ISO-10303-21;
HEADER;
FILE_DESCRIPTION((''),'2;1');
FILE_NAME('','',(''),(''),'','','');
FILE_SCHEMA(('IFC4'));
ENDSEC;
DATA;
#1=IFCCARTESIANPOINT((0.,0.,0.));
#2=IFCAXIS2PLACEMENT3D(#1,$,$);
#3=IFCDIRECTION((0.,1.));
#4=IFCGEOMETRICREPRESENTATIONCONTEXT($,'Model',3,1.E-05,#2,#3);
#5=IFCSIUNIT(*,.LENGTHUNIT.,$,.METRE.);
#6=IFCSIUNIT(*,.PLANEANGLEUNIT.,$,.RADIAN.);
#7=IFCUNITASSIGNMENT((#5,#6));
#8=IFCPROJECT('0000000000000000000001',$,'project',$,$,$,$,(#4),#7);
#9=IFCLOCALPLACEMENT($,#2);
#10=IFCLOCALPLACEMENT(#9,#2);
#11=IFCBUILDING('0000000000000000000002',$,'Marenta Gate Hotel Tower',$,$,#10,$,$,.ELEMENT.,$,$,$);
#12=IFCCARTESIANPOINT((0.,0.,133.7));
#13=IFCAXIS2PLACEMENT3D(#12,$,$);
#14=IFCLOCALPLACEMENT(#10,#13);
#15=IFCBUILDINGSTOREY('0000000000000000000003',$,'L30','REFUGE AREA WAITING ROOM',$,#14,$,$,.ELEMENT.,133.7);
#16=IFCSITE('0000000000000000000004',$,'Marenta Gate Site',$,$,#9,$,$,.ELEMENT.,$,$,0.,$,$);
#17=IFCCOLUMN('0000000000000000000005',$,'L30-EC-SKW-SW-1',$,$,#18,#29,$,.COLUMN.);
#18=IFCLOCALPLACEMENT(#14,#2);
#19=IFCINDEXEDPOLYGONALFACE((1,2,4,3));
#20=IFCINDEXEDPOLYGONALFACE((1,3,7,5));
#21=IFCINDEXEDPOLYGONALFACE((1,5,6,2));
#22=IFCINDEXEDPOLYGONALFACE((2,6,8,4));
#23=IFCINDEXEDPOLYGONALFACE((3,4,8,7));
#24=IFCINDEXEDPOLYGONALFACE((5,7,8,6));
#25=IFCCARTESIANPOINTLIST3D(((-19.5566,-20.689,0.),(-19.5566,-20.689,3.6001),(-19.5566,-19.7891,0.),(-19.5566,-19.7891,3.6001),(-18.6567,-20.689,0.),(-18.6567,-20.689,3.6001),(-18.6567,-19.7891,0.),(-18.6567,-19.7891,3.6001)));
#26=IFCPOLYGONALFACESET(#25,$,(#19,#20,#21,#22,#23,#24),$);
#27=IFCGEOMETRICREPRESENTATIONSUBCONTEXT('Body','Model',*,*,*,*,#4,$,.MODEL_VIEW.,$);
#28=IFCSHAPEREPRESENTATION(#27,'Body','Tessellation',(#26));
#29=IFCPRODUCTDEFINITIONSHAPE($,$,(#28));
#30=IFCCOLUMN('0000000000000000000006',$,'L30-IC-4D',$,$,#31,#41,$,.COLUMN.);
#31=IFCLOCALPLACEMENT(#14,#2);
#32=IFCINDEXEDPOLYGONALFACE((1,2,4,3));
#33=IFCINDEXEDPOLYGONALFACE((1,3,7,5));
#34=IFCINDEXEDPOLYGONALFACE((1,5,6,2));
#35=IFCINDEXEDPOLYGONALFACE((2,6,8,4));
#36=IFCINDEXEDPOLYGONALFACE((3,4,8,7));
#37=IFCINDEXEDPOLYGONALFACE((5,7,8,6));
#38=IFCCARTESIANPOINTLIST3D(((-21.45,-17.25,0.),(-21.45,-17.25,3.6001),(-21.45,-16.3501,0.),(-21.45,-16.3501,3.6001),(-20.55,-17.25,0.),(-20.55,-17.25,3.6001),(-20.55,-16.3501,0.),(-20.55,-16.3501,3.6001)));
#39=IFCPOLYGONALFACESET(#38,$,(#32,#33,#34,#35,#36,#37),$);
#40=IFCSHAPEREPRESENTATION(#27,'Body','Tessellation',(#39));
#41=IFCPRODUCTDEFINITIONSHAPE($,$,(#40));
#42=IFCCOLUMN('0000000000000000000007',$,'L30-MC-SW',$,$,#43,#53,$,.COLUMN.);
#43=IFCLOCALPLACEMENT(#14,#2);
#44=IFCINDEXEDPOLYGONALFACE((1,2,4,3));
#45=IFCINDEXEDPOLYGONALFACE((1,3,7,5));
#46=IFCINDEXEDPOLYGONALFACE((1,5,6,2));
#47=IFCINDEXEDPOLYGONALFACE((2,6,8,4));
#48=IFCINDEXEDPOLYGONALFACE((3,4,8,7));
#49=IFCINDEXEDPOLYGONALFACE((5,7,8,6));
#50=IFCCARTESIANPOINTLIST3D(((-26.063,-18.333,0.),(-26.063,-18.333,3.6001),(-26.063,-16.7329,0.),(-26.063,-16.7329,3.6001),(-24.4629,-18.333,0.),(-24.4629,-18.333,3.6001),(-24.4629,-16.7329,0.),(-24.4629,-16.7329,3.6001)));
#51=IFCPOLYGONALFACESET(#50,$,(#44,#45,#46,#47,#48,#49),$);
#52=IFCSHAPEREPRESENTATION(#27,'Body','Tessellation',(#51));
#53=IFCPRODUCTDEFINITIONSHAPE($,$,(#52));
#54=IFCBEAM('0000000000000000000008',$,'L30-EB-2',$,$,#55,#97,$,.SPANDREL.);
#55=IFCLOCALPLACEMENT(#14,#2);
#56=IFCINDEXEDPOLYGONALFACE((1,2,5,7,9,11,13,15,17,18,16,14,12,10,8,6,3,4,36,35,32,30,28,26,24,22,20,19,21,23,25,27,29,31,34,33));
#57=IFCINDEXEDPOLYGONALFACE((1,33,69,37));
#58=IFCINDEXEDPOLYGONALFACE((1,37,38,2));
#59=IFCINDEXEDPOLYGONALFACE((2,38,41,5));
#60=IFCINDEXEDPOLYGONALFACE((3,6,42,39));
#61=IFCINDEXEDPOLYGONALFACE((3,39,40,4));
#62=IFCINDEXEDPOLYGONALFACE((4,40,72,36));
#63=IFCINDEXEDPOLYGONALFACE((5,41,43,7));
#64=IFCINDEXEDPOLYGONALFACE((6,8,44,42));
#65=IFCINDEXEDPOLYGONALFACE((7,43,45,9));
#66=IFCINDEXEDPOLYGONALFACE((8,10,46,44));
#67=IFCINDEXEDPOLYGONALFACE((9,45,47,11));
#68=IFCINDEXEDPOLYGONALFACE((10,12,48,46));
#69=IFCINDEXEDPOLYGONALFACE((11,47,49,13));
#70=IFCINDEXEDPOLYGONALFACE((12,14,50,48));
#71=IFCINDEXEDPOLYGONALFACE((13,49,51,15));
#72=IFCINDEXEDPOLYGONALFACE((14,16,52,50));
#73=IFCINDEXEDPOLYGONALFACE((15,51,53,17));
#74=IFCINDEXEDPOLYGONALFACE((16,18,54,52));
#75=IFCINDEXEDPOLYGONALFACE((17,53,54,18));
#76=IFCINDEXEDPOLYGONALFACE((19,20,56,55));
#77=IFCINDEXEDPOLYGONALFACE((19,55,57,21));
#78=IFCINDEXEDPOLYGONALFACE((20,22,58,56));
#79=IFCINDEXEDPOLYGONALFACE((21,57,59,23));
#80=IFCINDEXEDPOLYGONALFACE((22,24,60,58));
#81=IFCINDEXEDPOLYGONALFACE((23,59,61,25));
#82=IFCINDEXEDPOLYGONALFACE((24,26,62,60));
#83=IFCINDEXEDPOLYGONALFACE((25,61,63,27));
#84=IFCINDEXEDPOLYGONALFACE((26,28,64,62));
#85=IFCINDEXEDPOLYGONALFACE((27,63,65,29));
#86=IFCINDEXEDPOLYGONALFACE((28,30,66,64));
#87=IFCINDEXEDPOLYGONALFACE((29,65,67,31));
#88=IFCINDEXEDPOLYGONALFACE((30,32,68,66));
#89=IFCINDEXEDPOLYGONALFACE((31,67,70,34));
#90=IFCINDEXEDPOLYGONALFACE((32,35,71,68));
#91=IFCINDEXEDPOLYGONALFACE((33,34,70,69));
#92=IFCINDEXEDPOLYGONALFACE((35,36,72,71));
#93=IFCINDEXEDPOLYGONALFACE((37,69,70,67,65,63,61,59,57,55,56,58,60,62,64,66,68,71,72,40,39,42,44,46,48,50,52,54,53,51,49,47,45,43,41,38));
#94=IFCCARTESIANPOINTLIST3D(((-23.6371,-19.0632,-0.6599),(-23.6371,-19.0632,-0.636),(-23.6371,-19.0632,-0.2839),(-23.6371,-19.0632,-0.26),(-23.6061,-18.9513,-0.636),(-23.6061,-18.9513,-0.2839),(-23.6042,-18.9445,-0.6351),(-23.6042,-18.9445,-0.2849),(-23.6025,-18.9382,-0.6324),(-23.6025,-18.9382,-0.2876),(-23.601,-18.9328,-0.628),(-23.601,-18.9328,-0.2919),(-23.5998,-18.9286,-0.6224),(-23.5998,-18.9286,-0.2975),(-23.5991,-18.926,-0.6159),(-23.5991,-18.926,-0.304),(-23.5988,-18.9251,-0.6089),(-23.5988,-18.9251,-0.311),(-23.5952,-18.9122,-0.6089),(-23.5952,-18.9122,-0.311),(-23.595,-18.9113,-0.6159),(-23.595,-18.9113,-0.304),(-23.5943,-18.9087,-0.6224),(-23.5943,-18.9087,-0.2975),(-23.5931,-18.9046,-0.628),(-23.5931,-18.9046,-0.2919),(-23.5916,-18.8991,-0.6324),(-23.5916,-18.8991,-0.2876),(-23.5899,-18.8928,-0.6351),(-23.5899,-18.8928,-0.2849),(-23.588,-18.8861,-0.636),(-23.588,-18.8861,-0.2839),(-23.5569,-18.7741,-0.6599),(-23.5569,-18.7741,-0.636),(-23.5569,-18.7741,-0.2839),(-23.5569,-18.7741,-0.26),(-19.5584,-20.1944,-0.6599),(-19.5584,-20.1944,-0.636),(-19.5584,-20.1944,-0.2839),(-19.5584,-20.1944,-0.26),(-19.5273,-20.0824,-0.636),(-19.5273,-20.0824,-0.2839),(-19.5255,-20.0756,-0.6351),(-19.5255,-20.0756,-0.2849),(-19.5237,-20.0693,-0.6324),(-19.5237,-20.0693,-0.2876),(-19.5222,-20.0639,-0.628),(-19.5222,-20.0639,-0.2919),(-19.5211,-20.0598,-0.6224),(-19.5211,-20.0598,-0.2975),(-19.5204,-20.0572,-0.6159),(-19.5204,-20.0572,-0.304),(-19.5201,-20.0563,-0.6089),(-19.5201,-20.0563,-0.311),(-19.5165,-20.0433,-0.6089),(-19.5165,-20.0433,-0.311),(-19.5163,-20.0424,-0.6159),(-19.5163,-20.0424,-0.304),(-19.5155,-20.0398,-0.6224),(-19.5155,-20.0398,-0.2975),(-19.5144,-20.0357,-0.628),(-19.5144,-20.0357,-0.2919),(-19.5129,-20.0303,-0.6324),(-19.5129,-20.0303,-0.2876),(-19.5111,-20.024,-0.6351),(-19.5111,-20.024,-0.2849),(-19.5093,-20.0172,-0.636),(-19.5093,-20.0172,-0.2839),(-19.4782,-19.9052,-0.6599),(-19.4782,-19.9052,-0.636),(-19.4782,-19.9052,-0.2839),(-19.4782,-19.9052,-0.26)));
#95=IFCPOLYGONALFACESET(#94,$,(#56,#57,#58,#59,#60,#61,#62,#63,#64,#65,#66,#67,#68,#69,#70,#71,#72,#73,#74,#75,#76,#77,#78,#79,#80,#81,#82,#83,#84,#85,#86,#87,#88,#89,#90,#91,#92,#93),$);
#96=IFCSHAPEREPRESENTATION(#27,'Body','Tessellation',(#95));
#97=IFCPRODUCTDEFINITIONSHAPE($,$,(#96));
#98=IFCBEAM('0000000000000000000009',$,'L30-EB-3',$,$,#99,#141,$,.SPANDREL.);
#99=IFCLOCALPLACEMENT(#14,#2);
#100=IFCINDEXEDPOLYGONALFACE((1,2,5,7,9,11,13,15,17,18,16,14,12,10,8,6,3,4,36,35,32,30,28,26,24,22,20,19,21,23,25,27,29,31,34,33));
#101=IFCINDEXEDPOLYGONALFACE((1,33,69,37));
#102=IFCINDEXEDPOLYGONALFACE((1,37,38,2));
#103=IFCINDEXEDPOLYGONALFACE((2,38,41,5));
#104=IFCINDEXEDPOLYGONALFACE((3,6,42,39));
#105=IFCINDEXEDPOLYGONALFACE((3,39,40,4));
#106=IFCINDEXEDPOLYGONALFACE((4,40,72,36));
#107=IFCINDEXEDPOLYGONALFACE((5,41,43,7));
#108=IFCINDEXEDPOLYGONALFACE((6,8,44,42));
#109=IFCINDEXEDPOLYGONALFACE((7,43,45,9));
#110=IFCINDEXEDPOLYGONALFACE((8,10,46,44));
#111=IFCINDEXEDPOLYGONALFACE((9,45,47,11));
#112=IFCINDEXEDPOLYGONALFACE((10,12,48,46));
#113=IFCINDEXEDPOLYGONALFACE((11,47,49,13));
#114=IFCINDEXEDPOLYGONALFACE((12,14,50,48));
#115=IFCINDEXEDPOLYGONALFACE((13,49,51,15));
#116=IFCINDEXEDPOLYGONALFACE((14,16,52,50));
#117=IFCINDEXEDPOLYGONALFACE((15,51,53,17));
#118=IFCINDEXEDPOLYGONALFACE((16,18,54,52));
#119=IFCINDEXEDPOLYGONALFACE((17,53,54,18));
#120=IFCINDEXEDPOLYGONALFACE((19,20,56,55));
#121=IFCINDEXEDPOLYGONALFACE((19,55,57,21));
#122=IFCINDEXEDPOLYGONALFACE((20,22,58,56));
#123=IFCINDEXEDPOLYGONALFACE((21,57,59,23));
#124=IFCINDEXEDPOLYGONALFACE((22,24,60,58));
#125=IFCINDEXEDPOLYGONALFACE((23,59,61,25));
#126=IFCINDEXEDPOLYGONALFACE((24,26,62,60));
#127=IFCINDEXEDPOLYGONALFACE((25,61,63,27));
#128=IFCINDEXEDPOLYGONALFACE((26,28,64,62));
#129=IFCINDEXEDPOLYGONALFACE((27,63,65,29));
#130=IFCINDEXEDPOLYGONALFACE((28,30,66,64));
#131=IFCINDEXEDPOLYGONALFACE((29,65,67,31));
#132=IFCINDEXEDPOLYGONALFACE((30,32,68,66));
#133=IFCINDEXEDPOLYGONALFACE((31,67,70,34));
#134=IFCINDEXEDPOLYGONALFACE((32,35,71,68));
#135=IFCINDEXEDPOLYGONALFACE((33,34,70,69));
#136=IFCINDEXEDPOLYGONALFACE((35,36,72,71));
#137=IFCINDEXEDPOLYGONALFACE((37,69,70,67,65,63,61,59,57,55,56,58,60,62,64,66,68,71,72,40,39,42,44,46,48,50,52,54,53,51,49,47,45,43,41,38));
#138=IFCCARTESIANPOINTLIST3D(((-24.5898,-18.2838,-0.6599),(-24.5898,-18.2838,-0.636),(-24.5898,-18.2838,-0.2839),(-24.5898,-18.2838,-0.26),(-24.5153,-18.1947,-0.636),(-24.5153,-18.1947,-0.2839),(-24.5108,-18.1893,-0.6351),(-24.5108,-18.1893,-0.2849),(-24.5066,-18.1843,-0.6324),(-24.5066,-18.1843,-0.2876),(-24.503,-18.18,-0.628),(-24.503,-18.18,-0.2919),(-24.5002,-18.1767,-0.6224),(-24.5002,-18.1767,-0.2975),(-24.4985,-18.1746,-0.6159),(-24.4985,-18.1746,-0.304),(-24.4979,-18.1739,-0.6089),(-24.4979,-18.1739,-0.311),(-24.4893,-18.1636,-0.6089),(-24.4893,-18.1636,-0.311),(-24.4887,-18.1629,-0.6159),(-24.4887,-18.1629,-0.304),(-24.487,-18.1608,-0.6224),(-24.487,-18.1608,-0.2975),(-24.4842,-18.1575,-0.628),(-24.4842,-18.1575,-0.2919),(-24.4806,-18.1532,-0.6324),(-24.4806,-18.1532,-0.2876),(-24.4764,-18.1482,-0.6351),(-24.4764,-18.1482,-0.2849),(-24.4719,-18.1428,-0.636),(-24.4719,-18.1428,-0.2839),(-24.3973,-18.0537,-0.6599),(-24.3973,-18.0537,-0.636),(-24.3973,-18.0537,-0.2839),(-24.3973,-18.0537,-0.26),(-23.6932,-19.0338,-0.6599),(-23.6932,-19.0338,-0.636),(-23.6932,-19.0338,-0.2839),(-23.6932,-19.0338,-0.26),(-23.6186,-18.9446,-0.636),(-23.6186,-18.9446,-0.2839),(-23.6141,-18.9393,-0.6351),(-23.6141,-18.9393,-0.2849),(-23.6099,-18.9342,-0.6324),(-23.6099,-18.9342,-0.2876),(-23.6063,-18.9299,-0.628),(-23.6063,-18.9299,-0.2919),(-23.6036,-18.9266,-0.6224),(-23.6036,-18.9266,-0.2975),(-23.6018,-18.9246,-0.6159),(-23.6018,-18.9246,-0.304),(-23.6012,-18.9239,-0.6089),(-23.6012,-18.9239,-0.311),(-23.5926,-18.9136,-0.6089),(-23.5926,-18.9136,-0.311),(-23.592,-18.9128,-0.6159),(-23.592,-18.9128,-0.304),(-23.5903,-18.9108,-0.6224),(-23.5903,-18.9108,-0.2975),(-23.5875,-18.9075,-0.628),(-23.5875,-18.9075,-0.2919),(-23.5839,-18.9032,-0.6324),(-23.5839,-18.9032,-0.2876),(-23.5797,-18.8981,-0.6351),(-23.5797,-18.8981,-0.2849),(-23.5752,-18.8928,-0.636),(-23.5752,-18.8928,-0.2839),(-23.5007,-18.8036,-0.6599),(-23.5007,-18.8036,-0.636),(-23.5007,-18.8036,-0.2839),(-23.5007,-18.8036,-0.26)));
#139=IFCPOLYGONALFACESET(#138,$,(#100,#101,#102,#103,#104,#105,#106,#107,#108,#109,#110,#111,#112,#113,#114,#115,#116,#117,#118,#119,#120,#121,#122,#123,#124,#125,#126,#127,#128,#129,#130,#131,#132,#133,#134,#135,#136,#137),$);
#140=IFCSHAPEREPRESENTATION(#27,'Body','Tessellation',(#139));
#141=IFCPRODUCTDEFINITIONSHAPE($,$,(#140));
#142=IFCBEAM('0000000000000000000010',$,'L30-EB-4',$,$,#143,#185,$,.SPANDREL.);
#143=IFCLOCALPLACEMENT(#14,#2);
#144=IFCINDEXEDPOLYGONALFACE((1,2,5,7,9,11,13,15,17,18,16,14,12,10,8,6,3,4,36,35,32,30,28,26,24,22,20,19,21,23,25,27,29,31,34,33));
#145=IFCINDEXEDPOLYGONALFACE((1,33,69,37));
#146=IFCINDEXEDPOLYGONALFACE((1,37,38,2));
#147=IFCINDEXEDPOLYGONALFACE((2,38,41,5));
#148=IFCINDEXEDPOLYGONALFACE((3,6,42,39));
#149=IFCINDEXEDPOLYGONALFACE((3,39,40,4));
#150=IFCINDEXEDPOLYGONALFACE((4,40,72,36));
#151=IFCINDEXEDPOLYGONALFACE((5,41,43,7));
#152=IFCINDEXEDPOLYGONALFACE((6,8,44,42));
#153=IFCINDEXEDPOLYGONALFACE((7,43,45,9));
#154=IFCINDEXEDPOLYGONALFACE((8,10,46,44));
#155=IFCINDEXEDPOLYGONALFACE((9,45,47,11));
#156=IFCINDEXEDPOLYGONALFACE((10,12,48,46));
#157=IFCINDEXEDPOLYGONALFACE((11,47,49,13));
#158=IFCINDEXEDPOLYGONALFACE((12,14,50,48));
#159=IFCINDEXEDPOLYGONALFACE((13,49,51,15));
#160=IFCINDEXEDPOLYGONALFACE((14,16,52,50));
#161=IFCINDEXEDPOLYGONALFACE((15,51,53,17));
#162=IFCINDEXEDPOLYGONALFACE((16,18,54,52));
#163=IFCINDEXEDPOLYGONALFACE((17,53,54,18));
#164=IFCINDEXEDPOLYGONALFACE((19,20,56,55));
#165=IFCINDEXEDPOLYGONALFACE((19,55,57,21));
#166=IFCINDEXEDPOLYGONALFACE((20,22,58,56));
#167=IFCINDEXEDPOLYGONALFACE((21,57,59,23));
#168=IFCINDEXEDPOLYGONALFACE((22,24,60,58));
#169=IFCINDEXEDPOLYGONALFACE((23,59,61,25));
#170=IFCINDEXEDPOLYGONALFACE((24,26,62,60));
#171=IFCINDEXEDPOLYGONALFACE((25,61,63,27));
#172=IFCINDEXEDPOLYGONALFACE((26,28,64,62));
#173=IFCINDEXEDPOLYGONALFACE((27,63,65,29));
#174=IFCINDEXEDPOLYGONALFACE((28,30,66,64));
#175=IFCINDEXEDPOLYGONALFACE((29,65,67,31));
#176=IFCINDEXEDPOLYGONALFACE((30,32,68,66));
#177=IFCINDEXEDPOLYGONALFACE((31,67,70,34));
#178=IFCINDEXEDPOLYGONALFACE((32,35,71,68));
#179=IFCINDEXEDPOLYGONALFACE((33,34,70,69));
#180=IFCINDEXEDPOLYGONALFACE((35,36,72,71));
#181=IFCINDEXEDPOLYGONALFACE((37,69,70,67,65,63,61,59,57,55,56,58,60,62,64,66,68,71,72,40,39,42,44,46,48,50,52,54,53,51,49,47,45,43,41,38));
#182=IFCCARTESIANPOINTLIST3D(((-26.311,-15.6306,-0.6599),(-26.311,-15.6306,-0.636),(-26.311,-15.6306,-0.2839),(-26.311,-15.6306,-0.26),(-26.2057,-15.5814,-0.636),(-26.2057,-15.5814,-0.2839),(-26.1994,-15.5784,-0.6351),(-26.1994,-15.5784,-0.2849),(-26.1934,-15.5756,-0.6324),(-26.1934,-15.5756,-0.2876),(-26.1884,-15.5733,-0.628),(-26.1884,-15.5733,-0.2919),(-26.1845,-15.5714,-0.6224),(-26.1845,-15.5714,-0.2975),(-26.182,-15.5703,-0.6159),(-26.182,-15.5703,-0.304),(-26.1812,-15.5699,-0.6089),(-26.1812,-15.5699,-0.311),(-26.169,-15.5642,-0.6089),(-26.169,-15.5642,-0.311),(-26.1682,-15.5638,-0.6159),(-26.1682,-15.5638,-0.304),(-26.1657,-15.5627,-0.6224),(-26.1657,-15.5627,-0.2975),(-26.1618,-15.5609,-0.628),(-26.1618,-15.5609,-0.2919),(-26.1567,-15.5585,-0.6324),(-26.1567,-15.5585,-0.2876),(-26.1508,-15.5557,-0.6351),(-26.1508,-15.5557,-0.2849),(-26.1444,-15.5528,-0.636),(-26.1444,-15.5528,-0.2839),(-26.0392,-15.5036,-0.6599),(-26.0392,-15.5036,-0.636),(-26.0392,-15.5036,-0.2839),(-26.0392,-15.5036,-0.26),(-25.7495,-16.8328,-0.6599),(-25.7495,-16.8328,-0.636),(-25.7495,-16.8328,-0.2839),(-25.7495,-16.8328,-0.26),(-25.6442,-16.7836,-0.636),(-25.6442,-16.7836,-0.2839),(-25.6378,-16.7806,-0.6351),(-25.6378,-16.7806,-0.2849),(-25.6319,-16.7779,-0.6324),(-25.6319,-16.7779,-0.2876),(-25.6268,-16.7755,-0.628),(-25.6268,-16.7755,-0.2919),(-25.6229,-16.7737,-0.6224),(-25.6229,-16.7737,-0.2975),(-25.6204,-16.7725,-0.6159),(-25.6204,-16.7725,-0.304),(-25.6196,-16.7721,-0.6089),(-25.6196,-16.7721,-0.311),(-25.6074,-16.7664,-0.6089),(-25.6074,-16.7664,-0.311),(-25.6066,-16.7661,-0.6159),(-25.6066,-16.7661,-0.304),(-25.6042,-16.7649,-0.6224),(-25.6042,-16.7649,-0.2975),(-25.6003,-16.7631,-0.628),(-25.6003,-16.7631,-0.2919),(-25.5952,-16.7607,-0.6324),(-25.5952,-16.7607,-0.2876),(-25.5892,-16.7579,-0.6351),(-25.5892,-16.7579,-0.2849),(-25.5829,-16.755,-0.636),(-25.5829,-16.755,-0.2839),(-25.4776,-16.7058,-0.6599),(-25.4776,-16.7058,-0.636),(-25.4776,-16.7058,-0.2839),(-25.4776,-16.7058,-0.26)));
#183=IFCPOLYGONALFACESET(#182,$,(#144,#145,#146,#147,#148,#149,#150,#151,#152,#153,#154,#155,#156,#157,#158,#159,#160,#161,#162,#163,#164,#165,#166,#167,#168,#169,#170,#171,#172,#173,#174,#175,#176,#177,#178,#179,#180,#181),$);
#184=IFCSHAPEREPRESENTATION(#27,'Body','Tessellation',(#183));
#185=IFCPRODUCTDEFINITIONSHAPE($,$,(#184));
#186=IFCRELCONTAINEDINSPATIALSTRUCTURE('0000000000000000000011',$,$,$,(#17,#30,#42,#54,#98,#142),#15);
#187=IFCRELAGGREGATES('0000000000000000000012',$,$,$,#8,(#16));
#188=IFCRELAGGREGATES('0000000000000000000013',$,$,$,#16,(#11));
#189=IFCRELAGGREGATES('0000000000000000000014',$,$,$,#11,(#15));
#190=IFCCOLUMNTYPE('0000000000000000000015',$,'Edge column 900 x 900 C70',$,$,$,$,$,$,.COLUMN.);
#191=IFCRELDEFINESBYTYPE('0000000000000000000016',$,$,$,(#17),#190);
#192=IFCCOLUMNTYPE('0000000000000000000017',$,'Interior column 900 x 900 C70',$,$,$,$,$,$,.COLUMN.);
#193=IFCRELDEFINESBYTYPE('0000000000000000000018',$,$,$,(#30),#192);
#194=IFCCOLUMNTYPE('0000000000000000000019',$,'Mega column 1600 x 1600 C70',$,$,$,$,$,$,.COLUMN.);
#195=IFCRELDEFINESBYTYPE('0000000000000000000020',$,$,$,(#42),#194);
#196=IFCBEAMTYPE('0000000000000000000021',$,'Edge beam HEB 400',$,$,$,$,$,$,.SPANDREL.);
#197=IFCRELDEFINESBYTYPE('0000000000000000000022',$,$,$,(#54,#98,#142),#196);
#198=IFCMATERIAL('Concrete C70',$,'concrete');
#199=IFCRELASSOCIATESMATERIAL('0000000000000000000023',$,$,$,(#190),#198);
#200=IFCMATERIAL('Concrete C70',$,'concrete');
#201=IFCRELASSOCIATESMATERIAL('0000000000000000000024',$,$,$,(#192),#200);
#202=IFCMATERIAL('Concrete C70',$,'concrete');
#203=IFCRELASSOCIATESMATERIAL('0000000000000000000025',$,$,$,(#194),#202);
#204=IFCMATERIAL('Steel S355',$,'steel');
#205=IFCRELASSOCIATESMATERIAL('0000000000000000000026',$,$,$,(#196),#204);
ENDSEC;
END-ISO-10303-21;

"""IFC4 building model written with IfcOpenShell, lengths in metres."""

from ifc_helpers import new_model, si_unit, direction, frame, origin, origin_2d, place, context, subcontext, project, spatial, rectangle, i_section, extrude, material, material_profile, profile_set, type_object, element, save


model = new_model("IFC4")

# Units and contexts
model_context = context("Model", 3, precision=1e-05, world=origin(), true_north=direction((0.0, 1.0)))
body_context = subcontext(model_context, "Body", "Model", "MODEL_VIEW")
ifc_project = project(units=[si_unit("LENGTHUNIT", "METRE"), si_unit("PLANEANGLEUNIT", "RADIAN")], contexts=[model_context])

# Site, building, storey
site_placement = place(None, origin())
site = spatial("IfcSite", under=ifc_project, at=site_placement, Name="Marenta Gate Site", CompositionType="ELEMENT", RefElevation=0.0)
building_placement = place(site_placement, origin())
building = spatial("IfcBuilding", under=site, at=building_placement, Name="Marenta Gate Hotel Tower", CompositionType="ELEMENT")
storey_placement = place(building_placement, frame((0.0, 0.0, 133.7)))
storey = spatial("IfcBuildingStorey", under=building, at=storey_placement, Name="L30", Description="REFUGE AREA WAITING ROOM", CompositionType="ELEMENT", Elevation=133.7)

# Columns
ifc_material_1 = material(Name="Concrete C70", Category="concrete")
ifc_material_profile_1 = material_profile(ifc_material_1, rectangle(XDim=0.8999, YDim=0.8999, at=origin_2d()), Name="900 x 900")
ifc_profile_set_1 = profile_set([ifc_material_profile_1], Name="Concrete C70")
column_type_1 = type_object("IfcColumnType", Name="Edge column 900 x 900 C70", PredefinedType="COLUMN", material=ifc_profile_set_1)
column_1_placement = place(storey_placement, frame((-19.1067, -20.239, 0.0), z_axis=(0.0, 0.0, 1.0), x_axis=(1.0, 0.0, 0.0)))
element("IfcColumn", 1, at=column_1_placement, inside=storey, type_object=column_type_1, Name="L30-EC-SKW-SW-1", PredefinedType="COLUMN", context=body_context, shape_type="SweptSolid", body=[
    extrude(rectangle(XDim=0.8999, YDim=0.8999, at=origin_2d()), origin(), (0.0, 0.0, 1.0), 3.6001),
])
ifc_material_2 = material(Name="Concrete C70", Category="concrete")
ifc_material_profile_2 = material_profile(ifc_material_2, rectangle(XDim=0.8999, YDim=0.8999, at=origin_2d()), Name="900 x 900")
ifc_profile_set_2 = profile_set([ifc_material_profile_2], Name="Concrete C70")
column_type_2 = type_object("IfcColumnType", Name="Interior column 900 x 900 C70", PredefinedType="COLUMN", material=ifc_profile_set_2)
column_2_placement = place(storey_placement, frame((-21.0, -16.8, 0.0), z_axis=(0.0, 0.0, 1.0), x_axis=(1.0, 0.0, 0.0)))
element("IfcColumn", 2, at=column_2_placement, inside=storey, type_object=column_type_2, Name="L30-IC-4D", PredefinedType="COLUMN", context=body_context, shape_type="SweptSolid", body=[
    extrude(rectangle(XDim=0.8999, YDim=0.8999, at=origin_2d()), origin(), (0.0, 0.0, 1.0), 3.6001),
])
ifc_material_3 = material(Name="Concrete C70", Category="concrete")
ifc_material_profile_3 = material_profile(ifc_material_3, rectangle(XDim=1.6001, YDim=1.6001, at=origin_2d()), Name="1600 x 1600")
ifc_profile_set_3 = profile_set([ifc_material_profile_3], Name="Concrete C70")
column_type_3 = type_object("IfcColumnType", Name="Mega column 1600 x 1600 C70", PredefinedType="COLUMN", material=ifc_profile_set_3)
column_3_placement = place(storey_placement, frame((-25.2629, -17.533, 0.0), z_axis=(0.0, 0.0, 1.0), x_axis=(1.0, 0.0, 0.0)))
element("IfcColumn", 3, at=column_3_placement, inside=storey, type_object=column_type_3, Name="L30-MC-SW", PredefinedType="COLUMN", context=body_context, shape_type="SweptSolid", body=[
    extrude(rectangle(XDim=1.6001, YDim=1.6001, at=origin_2d()), origin(), (0.0, 0.0, 1.0), 3.6001),
])

# Beams
ifc_material_4 = material(Name="Steel S355", Category="steel")
ifc_material_profile_4 = material_profile(ifc_material_4, i_section(OverallWidth=0.3, OverallDepth=0.3999, WebThickness=0.0134, FlangeThickness=0.0239, FilletRadius=0.0271, at=origin_2d()), Name="HEB 400")
ifc_profile_set_4 = profile_set([ifc_material_profile_4], Name="Steel S355")
beam_type_1 = type_object("IfcBeamType", Name="Edge beam HEB 400", PredefinedType="SPANDREL", material=ifc_profile_set_4)
beam_1_placement = place(storey_placement, frame((-19.5183, -20.0498, -0.46), z_axis=(-0.96363, 0.267239, 0.0), x_axis=(-0.267239, -0.96363, 0.0)))
element("IfcBeam", 4, at=beam_1_placement, inside=storey, type_object=beam_type_1, Name="L30-EB-2", PredefinedType="SPANDREL", context=body_context, shape_type="SweptSolid", body=[
    extrude(i_section(OverallWidth=0.3, OverallDepth=0.3999, WebThickness=0.0134, FlangeThickness=0.0239, FilletRadius=0.0271, at=origin_2d()), origin(), (0.0, 0.0, 1.0), 4.2327),
])
beam_2_placement = place(storey_placement, frame((-23.5969, -18.9187, -0.46), z_axis=(-0.767073, 0.64156, 0.0), x_axis=(-0.64156, -0.767073, 0.0)))
element("IfcBeam", 5, at=beam_2_placement, inside=storey, type_object=beam_type_1, Name="L30-EB-3", PredefinedType="SPANDREL", context=body_context, shape_type="SweptSolid", body=[
    extrude(i_section(OverallWidth=0.3, OverallDepth=0.3999, WebThickness=0.0134, FlangeThickness=0.0239, FilletRadius=0.0271, at=origin_2d()), origin(), (0.0, 0.0, 1.0), 1.1689),
])
beam_3_placement = place(storey_placement, frame((-25.6135, -16.7693, -0.46), z_axis=(-0.423208, 0.906033, 0.0), x_axis=(-0.906033, -0.423208, 0.0)))
element("IfcBeam", 6, at=beam_3_placement, inside=storey, type_object=beam_type_1, Name="L30-EB-4", PredefinedType="SPANDREL", context=body_context, shape_type="SweptSolid", body=[
    extrude(i_section(OverallWidth=0.3, OverallDepth=0.3999, WebThickness=0.0134, FlangeThickness=0.0239, FilletRadius=0.0271, at=origin_2d()), origin(), (0.0, 0.0, 1.0), 1.3269),
])

save(model, "model.ifc")
